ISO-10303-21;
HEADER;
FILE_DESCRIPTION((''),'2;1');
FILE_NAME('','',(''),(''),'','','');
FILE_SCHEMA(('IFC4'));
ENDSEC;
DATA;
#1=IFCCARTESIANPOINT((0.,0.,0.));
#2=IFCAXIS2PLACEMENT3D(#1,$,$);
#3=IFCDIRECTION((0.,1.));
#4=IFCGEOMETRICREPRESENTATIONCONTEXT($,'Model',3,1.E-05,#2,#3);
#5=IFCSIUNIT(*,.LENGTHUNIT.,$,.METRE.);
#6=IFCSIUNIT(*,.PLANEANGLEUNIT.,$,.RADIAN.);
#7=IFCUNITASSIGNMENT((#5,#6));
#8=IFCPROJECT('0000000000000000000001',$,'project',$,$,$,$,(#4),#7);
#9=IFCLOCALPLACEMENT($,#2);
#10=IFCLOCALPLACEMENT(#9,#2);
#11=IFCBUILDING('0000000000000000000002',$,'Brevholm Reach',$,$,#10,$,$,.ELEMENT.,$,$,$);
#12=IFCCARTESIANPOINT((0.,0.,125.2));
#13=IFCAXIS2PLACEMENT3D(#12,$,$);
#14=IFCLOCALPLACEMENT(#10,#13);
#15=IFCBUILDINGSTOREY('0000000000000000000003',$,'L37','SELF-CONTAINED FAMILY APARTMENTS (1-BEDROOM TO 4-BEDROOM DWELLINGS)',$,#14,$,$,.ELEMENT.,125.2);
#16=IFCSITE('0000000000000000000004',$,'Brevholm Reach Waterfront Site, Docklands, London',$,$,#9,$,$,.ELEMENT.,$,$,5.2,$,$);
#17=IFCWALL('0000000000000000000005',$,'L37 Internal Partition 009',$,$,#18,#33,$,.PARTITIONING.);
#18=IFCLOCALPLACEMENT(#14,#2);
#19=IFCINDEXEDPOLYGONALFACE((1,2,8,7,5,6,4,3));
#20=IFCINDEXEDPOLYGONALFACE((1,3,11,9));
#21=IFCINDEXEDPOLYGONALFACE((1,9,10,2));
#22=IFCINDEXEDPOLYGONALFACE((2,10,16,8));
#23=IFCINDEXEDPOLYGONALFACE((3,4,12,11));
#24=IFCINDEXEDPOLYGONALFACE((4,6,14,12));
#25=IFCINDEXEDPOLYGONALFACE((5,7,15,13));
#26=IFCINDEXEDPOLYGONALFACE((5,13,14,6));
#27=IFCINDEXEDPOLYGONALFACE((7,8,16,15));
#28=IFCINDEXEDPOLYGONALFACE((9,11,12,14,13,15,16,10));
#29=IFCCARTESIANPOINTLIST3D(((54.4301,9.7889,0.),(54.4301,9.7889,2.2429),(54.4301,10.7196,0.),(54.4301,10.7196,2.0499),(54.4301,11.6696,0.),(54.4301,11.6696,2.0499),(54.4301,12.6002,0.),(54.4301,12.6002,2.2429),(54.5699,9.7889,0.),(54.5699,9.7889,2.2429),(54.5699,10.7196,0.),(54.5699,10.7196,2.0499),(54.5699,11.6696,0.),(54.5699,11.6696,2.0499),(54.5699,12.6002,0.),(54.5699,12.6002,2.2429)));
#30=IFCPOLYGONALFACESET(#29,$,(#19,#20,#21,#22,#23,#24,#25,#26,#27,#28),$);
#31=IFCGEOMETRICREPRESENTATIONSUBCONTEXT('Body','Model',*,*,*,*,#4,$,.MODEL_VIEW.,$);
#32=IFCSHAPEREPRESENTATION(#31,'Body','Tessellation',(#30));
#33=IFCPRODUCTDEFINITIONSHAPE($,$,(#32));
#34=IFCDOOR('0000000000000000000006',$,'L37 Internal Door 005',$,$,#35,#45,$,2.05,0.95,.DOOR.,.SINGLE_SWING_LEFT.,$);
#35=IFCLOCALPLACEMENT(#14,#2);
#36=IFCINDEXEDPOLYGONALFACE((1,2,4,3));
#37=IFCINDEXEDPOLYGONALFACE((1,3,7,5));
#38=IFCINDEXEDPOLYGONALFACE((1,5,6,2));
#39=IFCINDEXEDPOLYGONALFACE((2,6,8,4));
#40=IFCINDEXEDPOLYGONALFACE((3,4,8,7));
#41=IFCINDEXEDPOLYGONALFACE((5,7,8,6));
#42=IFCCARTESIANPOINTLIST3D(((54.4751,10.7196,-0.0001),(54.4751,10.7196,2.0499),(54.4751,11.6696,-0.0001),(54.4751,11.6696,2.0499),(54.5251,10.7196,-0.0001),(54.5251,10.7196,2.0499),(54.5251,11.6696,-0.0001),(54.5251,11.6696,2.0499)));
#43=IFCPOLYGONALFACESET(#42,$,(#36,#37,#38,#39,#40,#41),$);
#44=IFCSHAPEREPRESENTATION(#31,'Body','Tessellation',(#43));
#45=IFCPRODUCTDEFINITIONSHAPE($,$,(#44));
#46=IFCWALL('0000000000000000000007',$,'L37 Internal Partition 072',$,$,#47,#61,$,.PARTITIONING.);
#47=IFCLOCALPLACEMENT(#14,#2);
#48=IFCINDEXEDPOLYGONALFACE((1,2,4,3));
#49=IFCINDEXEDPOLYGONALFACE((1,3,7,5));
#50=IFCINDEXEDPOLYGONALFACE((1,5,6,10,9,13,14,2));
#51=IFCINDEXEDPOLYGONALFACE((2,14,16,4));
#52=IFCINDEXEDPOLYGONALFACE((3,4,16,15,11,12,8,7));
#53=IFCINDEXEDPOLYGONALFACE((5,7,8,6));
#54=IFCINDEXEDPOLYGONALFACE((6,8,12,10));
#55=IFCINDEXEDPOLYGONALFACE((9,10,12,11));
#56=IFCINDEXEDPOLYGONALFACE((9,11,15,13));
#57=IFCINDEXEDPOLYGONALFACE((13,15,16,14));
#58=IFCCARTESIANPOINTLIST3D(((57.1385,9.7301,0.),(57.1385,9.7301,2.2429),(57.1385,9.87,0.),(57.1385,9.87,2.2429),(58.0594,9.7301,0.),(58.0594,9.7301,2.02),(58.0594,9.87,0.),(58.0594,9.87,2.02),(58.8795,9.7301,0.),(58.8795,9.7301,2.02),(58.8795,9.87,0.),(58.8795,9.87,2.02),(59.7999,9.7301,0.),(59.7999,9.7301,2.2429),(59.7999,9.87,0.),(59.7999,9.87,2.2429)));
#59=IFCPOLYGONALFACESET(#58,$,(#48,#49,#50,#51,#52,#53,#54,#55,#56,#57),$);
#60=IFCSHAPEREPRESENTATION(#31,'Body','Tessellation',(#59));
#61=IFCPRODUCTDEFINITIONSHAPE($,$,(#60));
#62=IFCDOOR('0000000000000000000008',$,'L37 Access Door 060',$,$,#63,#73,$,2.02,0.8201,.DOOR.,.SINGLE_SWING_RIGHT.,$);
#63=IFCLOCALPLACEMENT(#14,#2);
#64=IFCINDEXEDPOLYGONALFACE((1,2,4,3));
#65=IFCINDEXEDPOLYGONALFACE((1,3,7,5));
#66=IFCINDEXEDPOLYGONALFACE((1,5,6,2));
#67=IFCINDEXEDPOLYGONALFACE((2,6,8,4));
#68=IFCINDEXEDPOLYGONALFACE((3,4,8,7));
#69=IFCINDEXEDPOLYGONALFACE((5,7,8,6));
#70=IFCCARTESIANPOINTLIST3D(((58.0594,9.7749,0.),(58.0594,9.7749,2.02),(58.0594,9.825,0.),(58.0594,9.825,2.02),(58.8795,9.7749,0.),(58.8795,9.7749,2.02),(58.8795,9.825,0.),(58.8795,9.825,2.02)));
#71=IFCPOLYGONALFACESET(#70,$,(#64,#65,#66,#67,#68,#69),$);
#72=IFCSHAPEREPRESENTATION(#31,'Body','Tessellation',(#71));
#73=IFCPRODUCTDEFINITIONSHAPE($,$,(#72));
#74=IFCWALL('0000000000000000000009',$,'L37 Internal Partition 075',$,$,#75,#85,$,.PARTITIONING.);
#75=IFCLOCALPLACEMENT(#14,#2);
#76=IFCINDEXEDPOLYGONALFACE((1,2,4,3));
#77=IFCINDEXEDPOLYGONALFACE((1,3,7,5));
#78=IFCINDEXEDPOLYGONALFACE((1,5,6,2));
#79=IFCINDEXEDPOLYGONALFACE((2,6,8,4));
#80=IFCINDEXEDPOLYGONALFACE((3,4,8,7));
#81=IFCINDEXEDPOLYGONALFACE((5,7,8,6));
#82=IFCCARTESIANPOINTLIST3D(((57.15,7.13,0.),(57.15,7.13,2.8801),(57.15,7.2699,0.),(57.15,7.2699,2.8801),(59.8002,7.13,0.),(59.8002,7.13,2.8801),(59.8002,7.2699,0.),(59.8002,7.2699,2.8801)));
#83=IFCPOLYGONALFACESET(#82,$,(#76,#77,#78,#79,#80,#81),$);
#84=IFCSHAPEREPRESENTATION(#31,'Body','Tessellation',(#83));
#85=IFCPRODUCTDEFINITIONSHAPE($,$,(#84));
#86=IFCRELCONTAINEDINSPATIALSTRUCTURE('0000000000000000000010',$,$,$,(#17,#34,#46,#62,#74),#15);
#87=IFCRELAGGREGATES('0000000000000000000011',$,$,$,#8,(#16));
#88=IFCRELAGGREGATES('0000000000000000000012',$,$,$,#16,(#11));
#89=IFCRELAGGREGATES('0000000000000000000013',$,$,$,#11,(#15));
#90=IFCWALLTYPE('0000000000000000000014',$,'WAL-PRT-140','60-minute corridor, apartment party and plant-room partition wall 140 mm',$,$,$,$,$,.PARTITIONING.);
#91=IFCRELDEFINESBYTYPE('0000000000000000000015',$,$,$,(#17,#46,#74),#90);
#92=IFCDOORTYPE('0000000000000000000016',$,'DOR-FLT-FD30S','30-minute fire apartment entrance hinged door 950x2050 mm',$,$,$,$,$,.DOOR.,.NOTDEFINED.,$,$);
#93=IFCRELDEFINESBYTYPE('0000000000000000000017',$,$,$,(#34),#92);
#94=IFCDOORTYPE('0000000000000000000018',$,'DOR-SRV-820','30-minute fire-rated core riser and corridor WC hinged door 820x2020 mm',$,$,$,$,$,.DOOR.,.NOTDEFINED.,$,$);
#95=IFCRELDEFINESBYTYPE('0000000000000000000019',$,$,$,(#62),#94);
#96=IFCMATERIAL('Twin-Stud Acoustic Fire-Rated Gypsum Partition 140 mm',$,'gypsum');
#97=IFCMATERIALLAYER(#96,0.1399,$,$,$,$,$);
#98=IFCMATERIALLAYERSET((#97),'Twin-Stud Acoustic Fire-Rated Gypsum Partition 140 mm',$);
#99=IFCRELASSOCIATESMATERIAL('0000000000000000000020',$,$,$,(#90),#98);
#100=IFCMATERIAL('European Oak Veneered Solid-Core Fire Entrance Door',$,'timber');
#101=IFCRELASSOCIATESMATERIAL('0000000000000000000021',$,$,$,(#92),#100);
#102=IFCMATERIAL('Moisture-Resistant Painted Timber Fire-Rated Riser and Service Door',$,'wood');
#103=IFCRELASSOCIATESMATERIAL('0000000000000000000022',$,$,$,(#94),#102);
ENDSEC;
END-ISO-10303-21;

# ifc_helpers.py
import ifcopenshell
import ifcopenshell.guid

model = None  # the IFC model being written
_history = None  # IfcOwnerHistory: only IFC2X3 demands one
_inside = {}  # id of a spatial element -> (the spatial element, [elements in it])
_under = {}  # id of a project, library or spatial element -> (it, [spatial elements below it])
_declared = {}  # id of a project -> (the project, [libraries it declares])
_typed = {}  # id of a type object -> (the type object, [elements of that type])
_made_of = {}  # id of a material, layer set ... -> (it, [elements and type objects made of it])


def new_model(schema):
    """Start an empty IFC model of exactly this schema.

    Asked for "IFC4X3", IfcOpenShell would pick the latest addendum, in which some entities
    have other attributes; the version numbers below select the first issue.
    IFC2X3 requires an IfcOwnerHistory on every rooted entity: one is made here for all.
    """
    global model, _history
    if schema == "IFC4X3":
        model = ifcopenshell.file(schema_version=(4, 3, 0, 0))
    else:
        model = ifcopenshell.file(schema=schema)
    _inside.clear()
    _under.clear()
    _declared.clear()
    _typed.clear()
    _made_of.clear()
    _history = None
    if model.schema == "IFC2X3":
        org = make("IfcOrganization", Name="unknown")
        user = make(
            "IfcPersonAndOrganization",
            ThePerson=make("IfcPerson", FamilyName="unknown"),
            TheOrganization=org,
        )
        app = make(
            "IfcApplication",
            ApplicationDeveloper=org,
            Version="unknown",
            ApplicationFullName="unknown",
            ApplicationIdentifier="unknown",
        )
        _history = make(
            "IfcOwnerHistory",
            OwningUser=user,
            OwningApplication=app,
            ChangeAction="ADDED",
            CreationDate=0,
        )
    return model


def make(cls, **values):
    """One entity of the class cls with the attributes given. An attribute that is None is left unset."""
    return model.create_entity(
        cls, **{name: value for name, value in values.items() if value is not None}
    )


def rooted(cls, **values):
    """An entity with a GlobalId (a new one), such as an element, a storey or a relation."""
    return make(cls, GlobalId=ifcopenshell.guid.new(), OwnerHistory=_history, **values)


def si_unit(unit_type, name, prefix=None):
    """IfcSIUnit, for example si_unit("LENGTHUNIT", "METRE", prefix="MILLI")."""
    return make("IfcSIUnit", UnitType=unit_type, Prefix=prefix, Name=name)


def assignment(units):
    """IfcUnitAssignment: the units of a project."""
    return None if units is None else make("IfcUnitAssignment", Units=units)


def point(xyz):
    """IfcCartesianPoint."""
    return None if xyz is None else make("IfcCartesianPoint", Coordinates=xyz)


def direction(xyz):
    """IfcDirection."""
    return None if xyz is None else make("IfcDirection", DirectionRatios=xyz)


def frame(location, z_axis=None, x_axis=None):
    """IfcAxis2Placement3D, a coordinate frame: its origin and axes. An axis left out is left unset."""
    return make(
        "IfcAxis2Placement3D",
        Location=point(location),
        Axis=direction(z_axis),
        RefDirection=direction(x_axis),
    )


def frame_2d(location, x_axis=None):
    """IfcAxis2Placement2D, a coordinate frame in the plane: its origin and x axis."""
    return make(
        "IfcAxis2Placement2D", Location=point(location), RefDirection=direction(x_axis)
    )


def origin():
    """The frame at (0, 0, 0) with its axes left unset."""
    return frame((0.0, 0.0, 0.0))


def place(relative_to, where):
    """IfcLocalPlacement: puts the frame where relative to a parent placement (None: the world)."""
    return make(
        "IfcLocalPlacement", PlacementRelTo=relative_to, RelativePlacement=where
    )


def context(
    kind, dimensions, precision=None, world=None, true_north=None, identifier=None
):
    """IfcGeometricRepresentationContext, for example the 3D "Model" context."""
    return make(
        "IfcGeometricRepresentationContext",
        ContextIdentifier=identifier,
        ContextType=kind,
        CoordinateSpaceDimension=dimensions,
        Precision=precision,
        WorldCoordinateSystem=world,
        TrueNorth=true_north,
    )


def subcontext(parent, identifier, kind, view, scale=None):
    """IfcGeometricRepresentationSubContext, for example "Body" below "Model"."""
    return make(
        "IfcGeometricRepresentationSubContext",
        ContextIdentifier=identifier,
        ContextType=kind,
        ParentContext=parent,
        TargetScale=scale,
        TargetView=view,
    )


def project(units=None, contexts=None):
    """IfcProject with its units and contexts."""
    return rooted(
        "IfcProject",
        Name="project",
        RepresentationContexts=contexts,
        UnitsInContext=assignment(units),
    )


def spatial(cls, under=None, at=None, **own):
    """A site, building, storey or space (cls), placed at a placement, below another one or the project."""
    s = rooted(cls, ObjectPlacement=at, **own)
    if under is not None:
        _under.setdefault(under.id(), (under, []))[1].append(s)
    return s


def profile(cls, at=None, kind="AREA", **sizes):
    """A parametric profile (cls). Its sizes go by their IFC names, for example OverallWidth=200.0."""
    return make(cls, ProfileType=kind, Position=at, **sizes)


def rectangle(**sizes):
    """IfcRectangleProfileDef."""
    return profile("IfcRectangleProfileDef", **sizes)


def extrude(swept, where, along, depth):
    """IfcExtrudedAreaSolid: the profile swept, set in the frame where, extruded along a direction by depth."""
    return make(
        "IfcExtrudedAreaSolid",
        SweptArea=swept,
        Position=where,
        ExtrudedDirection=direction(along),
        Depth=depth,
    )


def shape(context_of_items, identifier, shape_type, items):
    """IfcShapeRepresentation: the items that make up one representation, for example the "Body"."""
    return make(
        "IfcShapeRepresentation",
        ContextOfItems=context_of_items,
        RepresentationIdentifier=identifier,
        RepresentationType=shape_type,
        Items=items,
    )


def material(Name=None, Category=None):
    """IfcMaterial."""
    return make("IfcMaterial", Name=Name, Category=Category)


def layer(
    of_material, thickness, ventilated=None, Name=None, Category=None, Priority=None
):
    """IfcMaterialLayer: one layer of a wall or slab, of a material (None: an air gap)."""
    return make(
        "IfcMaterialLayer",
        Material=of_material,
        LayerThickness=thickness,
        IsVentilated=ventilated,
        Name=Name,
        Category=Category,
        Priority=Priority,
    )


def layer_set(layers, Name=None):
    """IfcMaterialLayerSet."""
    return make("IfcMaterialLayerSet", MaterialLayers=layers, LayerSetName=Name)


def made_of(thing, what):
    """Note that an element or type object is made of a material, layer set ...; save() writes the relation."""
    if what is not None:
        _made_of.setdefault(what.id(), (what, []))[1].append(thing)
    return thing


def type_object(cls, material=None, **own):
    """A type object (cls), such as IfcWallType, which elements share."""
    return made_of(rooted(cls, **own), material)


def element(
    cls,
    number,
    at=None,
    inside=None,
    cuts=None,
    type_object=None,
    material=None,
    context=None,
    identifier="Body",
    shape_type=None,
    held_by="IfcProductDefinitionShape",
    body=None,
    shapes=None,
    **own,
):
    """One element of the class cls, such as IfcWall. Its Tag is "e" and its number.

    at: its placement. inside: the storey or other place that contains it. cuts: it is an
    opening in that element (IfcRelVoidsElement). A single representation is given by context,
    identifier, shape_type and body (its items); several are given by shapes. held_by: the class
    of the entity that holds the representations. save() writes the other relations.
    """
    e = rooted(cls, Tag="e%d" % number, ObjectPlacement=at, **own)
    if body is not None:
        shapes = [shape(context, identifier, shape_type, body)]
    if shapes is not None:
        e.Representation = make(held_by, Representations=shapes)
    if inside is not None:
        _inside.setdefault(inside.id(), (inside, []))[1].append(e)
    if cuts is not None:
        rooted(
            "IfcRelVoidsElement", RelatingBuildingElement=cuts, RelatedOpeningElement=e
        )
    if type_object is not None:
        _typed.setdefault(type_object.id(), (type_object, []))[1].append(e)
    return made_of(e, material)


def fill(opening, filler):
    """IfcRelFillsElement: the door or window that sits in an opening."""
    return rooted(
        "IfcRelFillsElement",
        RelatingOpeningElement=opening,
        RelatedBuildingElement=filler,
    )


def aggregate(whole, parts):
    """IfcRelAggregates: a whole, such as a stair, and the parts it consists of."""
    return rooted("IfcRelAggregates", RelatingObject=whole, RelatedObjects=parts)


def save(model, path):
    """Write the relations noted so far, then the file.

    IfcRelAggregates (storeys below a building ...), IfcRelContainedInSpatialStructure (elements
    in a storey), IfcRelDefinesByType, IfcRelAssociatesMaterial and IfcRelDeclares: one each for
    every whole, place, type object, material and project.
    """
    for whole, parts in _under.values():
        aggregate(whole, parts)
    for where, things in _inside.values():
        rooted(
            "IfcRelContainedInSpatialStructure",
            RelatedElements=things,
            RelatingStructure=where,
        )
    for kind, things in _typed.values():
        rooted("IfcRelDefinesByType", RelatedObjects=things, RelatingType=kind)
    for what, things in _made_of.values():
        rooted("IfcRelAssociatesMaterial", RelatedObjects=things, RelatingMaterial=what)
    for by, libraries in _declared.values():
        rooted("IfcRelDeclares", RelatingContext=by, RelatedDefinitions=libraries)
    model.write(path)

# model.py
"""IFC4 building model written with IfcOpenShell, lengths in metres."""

from ifc_helpers import new_model, si_unit, direction, frame, frame_2d, origin, place, context, subcontext, project, spatial, rectangle, extrude, material, layer, layer_set, type_object, element, fill, save


model = new_model("IFC4")

# Units and contexts
model_context = context("Model", 3, precision=1e-05, world=origin(), true_north=direction((0.0, 1.0)))
body_context = subcontext(model_context, "Body", "Model", "MODEL_VIEW")
ifc_project = project(units=[si_unit("LENGTHUNIT", "METRE"), si_unit("PLANEANGLEUNIT", "RADIAN")], contexts=[model_context])

# Site, building, storey
site_placement = place(None, origin())
site = spatial("IfcSite", under=ifc_project, at=site_placement, Name="Brevholm Reach Waterfront Site, Docklands, London", CompositionType="ELEMENT", RefElevation=5.2)
building_placement = place(site_placement, origin())
building = spatial("IfcBuilding", under=site, at=building_placement, Name="Brevholm Reach", CompositionType="ELEMENT")
storey_placement = place(building_placement, frame((0.0, 0.0, 125.2)))
storey = spatial("IfcBuildingStorey", under=building, at=storey_placement, Name="L37", Description="SELF-CONTAINED FAMILY APARTMENTS (1-BEDROOM TO 4-BEDROOM DWELLINGS)", CompositionType="ELEMENT", Elevation=125.2)

# Walls, openings, doors
ifc_material_1 = material(Name="Twin-Stud Acoustic Fire-Rated Gypsum Partition 140 mm", Category="gypsum")
ifc_layer_1 = layer(ifc_material_1, 0.1399)
ifc_layer_set_1 = layer_set([ifc_layer_1], Name="Twin-Stud Acoustic Fire-Rated Gypsum Partition 140 mm")
wall_type_1 = type_object("IfcWallType", Name="WAL-PRT-140", Description="60-minute corridor, apartment party and plant-room partition wall 140 mm", PredefinedType="PARTITIONING", material=ifc_layer_set_1)
wall_1_placement = place(storey_placement, frame((54.5, 9.7888, 0.0), z_axis=(0.0, 0.0, 1.0), x_axis=(0.0, 1.0, 0.0)))
wall_1 = element("IfcWall", 1, at=wall_1_placement, inside=storey, type_object=wall_type_1, Name="L37 Internal Partition 009", PredefinedType="PARTITIONING", context=body_context, shape_type="SweptSolid", body=[
    extrude(rectangle(XDim=2.8113, YDim=0.1399, at=frame_2d((1.4058, 0.0))), origin(), (0.0, 0.0, 1.0), 2.2429),
])
opening_1_placement = place(wall_1_placement, frame((0.9307, 0.0, 0.0)))
opening_1 = element("IfcOpeningElement", 2, at=opening_1_placement, cuts=wall_1, PredefinedType="OPENING", context=body_context, shape_type="SweptSolid", body=[
    extrude(rectangle(XDim=0.95, YDim=2.05, at=frame_2d((0.4751, 1.0249))), frame((0.0, 0.0798, 0.0), z_axis=(0.0, -1.0, 0.0), x_axis=(1.0, 0.0, 0.0)), (0.0, 0.0, 1.0), 0.1599),
])
ifc_material_2 = material(Name="European Oak Veneered Solid-Core Fire Entrance Door", Category="timber")
door_type_1 = type_object("IfcDoorType", Name="DOR-FLT-FD30S", Description="30-minute fire apartment entrance hinged door 950x2050 mm", OperationType="NOTDEFINED", PredefinedType="DOOR", material=ifc_material_2)
door_1_placement = place(opening_1_placement, origin())
door_1 = element("IfcDoor", 3, at=door_1_placement, inside=storey, type_object=door_type_1, Name="L37 Internal Door 005", OperationType="SINGLE_SWING_LEFT", OverallHeight=2.05, OverallWidth=0.95, PredefinedType="DOOR", context=body_context, shape_type="SweptSolid", body=[
    extrude(rectangle(XDim=0.95, YDim=2.05, at=frame_2d((0.4751, 1.0249))), frame((0.0, 0.0249, 0.0), z_axis=(0.0, -1.0, 0.0), x_axis=(1.0, 0.0, 0.0)), (0.0, 0.0, 1.0), 0.05),
])
fill(opening_1, door_1)
wall_2_placement = place(storey_placement, frame((57.1387, 9.8, 0.0), z_axis=(0.0, 0.0, 1.0), x_axis=(1.0, 0.0, 0.0)))
wall_2 = element("IfcWall", 4, at=wall_2_placement, inside=storey, type_object=wall_type_1, Name="L37 Internal Partition 072", PredefinedType="PARTITIONING", context=body_context, shape_type="SweptSolid", body=[
    extrude(rectangle(XDim=2.6614, YDim=0.1399, at=frame_2d((1.3306, 0.0))), origin(), (0.0, 0.0, 1.0), 2.2429),
])
opening_2_placement = place(wall_2_placement, frame((0.9207, 0.0, 0.0)))
opening_2 = element("IfcOpeningElement", 5, at=opening_2_placement, cuts=wall_2, PredefinedType="OPENING", context=body_context, shape_type="SweptSolid", body=[
    extrude(rectangle(XDim=0.8201, YDim=2.02, at=frame_2d((0.4102, 1.01))), frame((0.0, 0.0798, 0.0), z_axis=(0.0, -1.0, 0.0), x_axis=(1.0, 0.0, 0.0)), (0.0, 0.0, 1.0), 0.1599),
])
ifc_material_3 = material(Name="Moisture-Resistant Painted Timber Fire-Rated Riser and Service Door", Category="wood")
door_type_2 = type_object("IfcDoorType", Name="DOR-SRV-820", Description="30-minute fire-rated core riser and corridor WC hinged door 820x2020 mm", OperationType="NOTDEFINED", PredefinedType="DOOR", material=ifc_material_3)
door_2_placement = place(opening_2_placement, origin())
door_2 = element("IfcDoor", 6, at=door_2_placement, inside=storey, type_object=door_type_2, Name="L37 Access Door 060", OperationType="SINGLE_SWING_RIGHT", OverallHeight=2.02, OverallWidth=0.8201, PredefinedType="DOOR", context=body_context, shape_type="SweptSolid", body=[
    extrude(rectangle(XDim=0.8201, YDim=2.02, at=frame_2d((0.4102, 1.01))), frame((0.0, 0.0249, 0.0), z_axis=(0.0, -1.0, 0.0), x_axis=(1.0, 0.0, 0.0)), (0.0, 0.0, 1.0), 0.05),
])
fill(opening_2, door_2)

# Wall
wall_3_placement = place(storey_placement, frame((57.1499, 7.2, 0.0), z_axis=(0.0, 0.0, 1.0), x_axis=(1.0, 0.0, 0.0)))
element("IfcWall", 7, at=wall_3_placement, inside=storey, type_object=wall_type_1, Name="L37 Internal Partition 075", PredefinedType="PARTITIONING", context=body_context, shape_type="SweptSolid", body=[
    extrude(rectangle(XDim=2.6501, YDim=0.1399, at=frame_2d((1.3252, 0.0))), origin(), (0.0, 0.0, 1.0), 2.8801),
])

save(model, "model.ifc")
